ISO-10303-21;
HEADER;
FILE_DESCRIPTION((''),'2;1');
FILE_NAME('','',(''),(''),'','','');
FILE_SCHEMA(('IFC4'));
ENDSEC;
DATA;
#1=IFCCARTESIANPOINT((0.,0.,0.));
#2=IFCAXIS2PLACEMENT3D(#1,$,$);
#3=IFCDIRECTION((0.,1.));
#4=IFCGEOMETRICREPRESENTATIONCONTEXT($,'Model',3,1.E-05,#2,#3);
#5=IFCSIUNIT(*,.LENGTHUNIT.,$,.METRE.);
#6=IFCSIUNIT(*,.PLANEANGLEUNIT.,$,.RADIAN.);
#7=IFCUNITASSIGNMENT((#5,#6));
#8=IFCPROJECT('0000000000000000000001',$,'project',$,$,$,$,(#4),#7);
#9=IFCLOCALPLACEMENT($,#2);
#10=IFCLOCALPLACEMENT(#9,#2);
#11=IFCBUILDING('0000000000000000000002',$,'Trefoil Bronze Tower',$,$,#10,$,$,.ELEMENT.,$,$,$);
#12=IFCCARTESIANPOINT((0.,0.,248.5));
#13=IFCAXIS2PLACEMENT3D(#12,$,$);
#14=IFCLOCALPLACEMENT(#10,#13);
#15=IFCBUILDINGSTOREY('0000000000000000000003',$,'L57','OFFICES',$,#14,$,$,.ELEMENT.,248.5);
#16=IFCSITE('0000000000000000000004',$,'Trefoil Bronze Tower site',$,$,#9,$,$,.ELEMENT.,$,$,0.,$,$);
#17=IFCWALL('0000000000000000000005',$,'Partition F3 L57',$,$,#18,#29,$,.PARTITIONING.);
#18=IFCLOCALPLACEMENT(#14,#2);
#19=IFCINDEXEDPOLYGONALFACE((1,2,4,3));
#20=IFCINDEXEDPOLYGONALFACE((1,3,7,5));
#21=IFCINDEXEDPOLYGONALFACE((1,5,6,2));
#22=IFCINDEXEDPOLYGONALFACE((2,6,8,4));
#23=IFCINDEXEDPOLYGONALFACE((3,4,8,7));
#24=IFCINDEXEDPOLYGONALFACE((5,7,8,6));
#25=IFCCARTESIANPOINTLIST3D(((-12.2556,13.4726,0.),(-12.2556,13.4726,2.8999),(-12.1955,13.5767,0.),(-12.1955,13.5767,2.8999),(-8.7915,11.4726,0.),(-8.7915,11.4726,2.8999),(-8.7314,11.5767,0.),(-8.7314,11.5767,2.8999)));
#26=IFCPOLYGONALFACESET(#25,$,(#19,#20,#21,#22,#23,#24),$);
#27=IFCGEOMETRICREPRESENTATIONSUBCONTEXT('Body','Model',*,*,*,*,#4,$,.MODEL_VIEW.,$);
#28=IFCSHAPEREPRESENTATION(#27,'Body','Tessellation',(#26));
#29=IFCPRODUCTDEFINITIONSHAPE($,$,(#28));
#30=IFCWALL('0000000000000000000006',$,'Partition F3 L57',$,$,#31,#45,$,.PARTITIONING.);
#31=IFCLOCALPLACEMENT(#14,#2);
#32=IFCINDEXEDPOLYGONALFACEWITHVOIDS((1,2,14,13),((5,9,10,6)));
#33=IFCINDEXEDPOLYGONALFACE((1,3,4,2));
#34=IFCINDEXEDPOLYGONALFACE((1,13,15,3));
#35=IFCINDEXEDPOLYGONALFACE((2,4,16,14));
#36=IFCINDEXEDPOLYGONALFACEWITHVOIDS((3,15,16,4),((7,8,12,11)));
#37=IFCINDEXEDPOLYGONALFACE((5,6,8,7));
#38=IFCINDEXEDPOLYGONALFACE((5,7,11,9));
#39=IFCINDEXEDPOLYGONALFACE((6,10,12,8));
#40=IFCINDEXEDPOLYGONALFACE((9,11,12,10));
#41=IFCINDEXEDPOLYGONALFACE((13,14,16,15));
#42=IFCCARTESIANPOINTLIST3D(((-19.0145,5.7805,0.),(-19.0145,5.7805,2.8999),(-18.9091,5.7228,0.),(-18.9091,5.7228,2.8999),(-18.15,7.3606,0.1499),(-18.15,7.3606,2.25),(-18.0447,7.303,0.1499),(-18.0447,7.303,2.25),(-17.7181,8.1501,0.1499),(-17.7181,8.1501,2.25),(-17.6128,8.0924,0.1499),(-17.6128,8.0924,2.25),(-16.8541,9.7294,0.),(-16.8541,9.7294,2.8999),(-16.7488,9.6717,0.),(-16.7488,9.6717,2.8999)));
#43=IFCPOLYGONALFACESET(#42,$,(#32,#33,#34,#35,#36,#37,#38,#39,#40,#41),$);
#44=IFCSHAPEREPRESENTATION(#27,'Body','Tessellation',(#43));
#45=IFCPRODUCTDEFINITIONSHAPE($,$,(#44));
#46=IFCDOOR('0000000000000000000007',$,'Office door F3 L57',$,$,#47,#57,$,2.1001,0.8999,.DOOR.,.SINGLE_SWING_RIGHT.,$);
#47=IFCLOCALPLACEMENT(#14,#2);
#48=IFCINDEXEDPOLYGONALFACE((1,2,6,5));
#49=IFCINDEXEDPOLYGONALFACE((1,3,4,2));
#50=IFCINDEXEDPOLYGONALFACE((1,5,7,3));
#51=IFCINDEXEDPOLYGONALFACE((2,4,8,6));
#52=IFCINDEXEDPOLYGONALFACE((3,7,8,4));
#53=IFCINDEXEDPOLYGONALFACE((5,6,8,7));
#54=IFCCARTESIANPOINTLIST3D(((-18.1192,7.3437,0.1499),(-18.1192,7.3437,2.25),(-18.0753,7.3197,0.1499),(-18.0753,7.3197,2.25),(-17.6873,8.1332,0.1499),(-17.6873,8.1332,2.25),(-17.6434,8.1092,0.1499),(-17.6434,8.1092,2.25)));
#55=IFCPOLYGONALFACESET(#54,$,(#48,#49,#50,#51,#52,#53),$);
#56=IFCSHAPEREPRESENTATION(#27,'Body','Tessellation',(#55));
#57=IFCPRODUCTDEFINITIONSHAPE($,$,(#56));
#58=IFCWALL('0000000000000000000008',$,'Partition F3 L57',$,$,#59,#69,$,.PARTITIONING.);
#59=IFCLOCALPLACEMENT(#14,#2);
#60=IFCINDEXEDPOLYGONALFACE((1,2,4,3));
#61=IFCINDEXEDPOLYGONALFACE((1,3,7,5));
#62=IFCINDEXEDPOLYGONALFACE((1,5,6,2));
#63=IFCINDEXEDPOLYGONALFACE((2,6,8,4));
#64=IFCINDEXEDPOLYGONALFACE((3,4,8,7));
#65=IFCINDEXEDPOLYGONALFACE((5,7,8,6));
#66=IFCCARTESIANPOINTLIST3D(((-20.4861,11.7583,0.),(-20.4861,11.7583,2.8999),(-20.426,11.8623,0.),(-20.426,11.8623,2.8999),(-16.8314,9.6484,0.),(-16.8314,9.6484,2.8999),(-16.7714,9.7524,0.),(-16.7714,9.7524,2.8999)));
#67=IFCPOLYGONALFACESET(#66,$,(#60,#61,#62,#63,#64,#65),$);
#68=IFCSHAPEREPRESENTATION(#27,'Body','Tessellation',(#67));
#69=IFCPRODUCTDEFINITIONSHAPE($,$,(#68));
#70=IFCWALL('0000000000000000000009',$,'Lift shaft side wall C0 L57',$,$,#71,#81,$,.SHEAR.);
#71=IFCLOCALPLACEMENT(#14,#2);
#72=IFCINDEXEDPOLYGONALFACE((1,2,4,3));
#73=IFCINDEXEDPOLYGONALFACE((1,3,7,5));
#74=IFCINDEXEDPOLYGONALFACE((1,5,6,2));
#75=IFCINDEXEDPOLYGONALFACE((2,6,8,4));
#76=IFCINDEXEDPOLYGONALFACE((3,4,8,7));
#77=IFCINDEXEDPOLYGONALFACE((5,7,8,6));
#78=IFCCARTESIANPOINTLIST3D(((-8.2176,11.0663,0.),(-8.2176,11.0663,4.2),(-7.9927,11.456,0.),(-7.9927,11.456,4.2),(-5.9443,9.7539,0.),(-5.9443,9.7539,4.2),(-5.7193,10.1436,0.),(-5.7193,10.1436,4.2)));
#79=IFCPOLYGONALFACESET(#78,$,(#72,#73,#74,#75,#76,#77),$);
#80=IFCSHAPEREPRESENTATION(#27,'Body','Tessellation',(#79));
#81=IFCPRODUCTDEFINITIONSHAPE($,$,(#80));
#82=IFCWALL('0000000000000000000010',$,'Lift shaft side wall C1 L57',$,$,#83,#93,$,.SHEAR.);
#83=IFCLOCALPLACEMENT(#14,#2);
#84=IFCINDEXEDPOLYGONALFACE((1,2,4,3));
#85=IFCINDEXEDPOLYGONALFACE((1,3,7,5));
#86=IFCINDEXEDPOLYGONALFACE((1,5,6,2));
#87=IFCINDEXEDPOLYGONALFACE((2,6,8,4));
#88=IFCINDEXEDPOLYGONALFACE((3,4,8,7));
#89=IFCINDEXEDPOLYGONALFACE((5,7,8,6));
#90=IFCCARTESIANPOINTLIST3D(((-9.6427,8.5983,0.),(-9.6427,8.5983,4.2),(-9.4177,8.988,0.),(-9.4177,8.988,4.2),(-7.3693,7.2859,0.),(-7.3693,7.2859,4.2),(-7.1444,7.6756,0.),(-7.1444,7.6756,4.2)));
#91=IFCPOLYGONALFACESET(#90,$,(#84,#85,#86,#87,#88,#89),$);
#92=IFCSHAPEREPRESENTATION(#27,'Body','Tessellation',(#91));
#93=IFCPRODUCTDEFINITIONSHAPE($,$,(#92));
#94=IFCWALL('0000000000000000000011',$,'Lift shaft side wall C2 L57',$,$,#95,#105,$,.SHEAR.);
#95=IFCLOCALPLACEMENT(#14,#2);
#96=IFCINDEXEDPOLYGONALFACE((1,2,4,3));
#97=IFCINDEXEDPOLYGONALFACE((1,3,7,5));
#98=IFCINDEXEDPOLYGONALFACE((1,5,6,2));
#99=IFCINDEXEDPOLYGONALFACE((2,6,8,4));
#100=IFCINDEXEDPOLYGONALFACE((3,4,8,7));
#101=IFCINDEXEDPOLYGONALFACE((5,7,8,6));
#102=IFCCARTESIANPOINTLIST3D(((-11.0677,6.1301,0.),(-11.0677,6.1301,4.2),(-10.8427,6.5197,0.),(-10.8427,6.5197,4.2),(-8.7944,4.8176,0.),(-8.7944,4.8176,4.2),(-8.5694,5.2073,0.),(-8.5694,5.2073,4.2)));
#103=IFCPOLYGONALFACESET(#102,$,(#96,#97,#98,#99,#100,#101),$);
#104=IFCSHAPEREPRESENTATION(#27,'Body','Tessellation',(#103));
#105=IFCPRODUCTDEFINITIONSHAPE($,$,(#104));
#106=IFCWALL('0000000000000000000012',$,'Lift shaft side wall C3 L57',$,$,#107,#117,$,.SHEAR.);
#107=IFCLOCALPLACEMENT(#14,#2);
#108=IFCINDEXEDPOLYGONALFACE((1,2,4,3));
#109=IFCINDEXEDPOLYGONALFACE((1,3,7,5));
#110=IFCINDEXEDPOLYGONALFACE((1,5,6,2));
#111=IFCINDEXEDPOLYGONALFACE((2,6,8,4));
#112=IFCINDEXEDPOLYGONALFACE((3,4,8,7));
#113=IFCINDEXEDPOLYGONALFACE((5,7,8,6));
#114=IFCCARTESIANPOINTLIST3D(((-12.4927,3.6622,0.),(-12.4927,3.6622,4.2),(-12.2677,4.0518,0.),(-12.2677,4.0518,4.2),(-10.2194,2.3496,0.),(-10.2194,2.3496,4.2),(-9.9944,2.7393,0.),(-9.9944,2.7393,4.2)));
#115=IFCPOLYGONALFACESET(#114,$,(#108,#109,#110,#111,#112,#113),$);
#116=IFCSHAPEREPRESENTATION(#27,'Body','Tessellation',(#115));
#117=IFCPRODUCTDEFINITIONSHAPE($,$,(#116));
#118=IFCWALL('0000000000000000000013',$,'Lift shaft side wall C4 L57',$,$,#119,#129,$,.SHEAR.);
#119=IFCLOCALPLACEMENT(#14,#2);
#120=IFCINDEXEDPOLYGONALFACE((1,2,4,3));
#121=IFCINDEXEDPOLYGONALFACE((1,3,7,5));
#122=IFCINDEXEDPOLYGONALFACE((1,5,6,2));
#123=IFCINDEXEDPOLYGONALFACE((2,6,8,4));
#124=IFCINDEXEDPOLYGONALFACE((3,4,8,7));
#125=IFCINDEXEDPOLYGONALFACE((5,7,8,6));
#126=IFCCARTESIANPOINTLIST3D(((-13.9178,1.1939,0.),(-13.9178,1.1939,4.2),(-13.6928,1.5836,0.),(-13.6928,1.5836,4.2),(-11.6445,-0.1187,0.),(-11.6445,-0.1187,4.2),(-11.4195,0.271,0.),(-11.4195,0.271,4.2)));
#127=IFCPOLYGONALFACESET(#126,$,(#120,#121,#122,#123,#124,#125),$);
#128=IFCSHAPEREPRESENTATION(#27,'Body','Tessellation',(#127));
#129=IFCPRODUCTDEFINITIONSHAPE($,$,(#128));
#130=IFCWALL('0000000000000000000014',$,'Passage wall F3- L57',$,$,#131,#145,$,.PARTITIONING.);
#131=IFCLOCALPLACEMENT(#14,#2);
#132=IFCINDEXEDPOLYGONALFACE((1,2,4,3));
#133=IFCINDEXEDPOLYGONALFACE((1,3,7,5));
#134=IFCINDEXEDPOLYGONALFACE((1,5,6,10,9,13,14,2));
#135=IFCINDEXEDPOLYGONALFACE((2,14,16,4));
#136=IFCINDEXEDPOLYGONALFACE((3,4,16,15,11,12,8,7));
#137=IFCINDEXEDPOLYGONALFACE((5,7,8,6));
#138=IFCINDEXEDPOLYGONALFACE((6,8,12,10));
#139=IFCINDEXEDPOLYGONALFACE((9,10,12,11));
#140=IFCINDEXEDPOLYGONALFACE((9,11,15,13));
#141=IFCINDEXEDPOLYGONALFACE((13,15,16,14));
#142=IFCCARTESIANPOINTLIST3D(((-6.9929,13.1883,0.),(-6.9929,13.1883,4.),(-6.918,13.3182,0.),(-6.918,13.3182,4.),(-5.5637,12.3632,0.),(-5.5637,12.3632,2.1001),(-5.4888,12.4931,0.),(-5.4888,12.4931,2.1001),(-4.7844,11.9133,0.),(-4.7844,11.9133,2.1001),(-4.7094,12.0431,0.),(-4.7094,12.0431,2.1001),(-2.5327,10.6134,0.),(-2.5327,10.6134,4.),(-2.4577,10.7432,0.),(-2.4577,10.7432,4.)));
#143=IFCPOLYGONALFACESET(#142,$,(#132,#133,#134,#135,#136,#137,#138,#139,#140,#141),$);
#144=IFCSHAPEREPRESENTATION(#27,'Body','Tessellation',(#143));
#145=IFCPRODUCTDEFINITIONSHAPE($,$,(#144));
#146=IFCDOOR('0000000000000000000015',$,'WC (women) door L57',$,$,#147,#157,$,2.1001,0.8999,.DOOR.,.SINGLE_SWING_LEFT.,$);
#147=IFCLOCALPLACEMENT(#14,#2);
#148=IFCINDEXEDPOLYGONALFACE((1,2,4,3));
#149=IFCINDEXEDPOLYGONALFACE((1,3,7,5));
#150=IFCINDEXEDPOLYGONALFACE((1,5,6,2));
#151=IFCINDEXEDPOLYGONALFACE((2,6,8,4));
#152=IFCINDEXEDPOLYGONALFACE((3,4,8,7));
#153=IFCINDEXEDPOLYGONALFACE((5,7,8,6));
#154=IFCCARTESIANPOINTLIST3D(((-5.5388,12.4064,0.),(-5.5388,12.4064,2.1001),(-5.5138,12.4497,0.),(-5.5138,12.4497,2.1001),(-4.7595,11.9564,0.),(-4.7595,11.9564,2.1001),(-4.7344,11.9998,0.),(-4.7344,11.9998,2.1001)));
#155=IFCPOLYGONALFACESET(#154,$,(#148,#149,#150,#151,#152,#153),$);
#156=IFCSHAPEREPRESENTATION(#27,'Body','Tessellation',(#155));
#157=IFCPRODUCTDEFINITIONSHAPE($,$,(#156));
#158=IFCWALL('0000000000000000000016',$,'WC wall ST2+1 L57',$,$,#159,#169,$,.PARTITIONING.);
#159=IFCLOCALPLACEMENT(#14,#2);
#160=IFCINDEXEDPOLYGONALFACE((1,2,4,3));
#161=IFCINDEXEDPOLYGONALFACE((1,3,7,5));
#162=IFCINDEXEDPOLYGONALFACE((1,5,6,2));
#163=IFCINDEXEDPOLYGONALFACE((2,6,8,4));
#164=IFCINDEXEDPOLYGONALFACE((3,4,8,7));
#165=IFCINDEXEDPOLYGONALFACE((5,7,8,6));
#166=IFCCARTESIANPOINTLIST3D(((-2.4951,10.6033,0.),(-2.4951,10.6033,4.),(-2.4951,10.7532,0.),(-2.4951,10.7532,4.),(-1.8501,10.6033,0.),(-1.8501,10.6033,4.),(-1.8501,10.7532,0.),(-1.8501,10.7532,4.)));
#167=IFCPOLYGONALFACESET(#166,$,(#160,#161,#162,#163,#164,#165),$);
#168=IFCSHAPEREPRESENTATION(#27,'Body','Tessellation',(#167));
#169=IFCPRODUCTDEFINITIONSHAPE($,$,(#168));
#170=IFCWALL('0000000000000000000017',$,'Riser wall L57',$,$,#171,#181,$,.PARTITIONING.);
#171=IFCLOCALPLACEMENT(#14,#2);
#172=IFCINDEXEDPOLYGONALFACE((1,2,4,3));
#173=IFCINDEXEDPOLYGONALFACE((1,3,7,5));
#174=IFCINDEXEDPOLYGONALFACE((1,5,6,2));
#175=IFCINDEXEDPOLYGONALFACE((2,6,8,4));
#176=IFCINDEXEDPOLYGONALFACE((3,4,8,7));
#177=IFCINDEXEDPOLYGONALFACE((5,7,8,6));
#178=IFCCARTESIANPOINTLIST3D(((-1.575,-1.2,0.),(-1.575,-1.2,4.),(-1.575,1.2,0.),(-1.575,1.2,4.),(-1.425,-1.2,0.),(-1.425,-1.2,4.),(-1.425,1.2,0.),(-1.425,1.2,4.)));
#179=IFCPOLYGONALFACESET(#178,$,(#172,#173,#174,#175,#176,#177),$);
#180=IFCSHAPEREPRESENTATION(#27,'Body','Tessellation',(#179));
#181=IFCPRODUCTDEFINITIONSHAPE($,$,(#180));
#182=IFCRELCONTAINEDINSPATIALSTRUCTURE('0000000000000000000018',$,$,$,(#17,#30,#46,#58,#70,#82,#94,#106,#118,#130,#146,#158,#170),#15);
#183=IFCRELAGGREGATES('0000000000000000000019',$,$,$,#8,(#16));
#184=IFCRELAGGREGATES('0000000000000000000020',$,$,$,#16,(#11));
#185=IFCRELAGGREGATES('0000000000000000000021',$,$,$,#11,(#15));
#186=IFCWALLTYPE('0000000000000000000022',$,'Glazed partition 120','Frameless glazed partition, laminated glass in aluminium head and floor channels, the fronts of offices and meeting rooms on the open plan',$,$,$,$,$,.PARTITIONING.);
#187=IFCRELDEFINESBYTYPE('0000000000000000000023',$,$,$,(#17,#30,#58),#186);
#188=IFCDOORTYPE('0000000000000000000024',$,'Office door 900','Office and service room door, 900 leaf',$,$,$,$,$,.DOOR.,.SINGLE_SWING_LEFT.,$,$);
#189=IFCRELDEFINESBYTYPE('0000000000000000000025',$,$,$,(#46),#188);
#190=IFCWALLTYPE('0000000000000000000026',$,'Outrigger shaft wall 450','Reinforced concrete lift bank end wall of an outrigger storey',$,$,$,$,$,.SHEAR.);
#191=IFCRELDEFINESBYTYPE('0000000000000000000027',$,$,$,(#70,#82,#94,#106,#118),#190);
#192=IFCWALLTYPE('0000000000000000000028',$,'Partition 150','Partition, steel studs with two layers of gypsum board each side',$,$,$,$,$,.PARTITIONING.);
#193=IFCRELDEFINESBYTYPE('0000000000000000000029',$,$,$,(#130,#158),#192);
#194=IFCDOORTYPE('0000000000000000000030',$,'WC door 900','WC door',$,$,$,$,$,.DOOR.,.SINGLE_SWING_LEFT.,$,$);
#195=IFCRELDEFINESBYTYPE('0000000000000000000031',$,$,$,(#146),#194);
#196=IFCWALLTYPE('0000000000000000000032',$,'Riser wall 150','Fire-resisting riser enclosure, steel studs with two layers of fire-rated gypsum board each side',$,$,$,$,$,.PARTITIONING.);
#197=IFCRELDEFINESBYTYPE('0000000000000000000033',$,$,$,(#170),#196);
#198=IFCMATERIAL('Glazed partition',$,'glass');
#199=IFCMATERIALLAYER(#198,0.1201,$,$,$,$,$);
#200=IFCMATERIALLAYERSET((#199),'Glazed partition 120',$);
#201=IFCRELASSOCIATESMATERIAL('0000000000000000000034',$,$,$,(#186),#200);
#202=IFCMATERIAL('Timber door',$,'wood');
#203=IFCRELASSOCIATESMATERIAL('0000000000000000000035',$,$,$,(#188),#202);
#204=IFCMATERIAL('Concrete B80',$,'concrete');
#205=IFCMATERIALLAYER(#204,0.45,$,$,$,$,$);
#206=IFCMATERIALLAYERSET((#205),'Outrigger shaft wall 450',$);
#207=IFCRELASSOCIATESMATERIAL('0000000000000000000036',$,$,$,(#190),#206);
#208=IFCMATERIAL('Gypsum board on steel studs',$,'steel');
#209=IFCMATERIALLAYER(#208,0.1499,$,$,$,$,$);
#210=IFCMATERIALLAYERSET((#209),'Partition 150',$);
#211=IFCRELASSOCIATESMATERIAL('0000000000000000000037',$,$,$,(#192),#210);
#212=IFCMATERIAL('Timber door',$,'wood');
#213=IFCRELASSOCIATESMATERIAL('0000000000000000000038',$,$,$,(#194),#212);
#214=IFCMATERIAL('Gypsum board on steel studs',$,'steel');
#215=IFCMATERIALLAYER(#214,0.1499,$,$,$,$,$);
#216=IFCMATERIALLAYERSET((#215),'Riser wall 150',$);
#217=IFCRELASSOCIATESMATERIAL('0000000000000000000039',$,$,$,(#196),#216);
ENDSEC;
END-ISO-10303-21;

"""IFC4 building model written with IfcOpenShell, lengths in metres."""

from ifc_helpers import new_model, si_unit, direction, frame, frame_2d, origin, place, context, subcontext, project, spatial, rectangle, extrude, material, layer, layer_set, type_object, element, fill, save


model = new_model("IFC4")

# Units and contexts
model_context = context("Model", 3, precision=1e-05, world=origin(), true_north=direction((0.0, 1.0)))
body_context = subcontext(model_context, "Body", "Model", "MODEL_VIEW")
ifc_project = project(units=[si_unit("LENGTHUNIT", "METRE"), si_unit("PLANEANGLEUNIT", "RADIAN")], contexts=[model_context])

# Site, building, storey
site_placement = place(None, origin())
site = spatial("IfcSite", under=ifc_project, at=site_placement, Name="Trefoil Bronze Tower site", CompositionType="ELEMENT", RefElevation=0.0)
building_placement = place(site_placement, origin())
building = spatial("IfcBuilding", under=site, at=building_placement, Name="Trefoil Bronze Tower", CompositionType="ELEMENT")
storey_placement = place(building_placement, frame((0.0, 0.0, 248.5)))
storey = spatial("IfcBuildingStorey", under=building, at=storey_placement, Name="L57", Description="OFFICES", CompositionType="ELEMENT", Elevation=248.5)

# Shared definitions
ifc_material_1 = material(Name="Glazed partition", Category="glass")
ifc_layer_1 = layer(ifc_material_1, 0.1201)
ifc_layer_set_1 = layer_set([ifc_layer_1], Name="Glazed partition 120")
wall_type_1 = type_object("IfcWallType", Name="Glazed partition 120", Description="Frameless glazed partition, laminated glass in aluminium head and floor channels, the fronts of offices and meeting rooms on the open plan", PredefinedType="PARTITIONING", material=ifc_layer_set_1)
ifc_material_2 = material(Name="Timber door", Category="wood")
door_type_1 = type_object("IfcDoorType", Name="Office door 900", Description="Office and service room door, 900 leaf", OperationType="SINGLE_SWING_LEFT", PredefinedType="DOOR", material=ifc_material_2)

# Wall
for number, where, z_axis, x_axis, name in (
    (1, (-8.7615, 11.5247, 0.0), (0.0, 0.0, 1.0), (-0.866026, 0.499999, 0.0), "Partition F3 L57"),
):
    element("IfcWall", number, at=place(storey_placement, frame(where, z_axis=z_axis, x_axis=x_axis)), inside=storey, type_object=wall_type_1, Name=name, PredefinedType="PARTITIONING", context=body_context, shape_type="SweptSolid", body=[
        extrude(rectangle(XDim=4.0, YDim=0.1201, at=frame_2d((2.0, 0.0))), origin(), (0.0, 0.0, 1.0), 2.8999),
    ])

# Wall, opening, door
wall_1_placement = place(storey_placement, frame((-16.8015, 9.7004, 0.0), z_axis=(0.0, 0.0, 1.0), x_axis=(-0.47995, -0.877296, 0.0)))
wall_1 = element("IfcWall", 2, at=wall_1_placement, inside=storey, type_object=wall_type_1, Name="Partition F3 L57", PredefinedType="PARTITIONING", context=body_context, shape_type="SweptSolid", body=[
    extrude(rectangle(XDim=4.5012, YDim=0.1201, at=frame_2d((2.2505, 0.0))), origin(), (0.0, 0.0, 1.0), 2.8999),
])
opening_1_placement = place(wall_1_placement, frame((1.8, 0.0, 0.1499)))
opening_1 = element("IfcOpeningElement", 3, at=opening_1_placement, cuts=wall_1, PredefinedType="OPENING", context=body_context, shape_type="SweptSolid", body=[
    extrude(rectangle(XDim=0.8999, YDim=2.1001, at=frame_2d((0.45, 1.05))), frame((0.0, 0.0701, 0.0), z_axis=(0.0, -1.0, 0.0), x_axis=(1.0, 0.0, 0.0)), (0.0, 0.0, 1.0), 0.1401),
])
door_1_placement = place(opening_1_placement, frame((0.8999, 0.0, 0.0), z_axis=(0.0, 0.0, 1.0), x_axis=(-1.0, 0.0, 0.0)))
door_1 = element("IfcDoor", 4, at=door_1_placement, inside=storey, type_object=door_type_1, Name="Office door F3 L57", OperationType="SINGLE_SWING_RIGHT", OverallHeight=2.1001, OverallWidth=0.8999, PredefinedType="DOOR", context=body_context, shape_type="SweptSolid", body=[
    extrude(rectangle(XDim=0.8999, YDim=2.1001, at=frame_2d((0.45, 1.05))), frame((0.0, 0.0249, 0.0), z_axis=(0.0, -1.0, 0.0), x_axis=(1.0, 0.0, 0.0)), (0.0, 0.0, 1.0), 0.05),
])
fill(opening_1, door_1)

# Walls
wall_2_placement = place(storey_placement, frame((-16.8015, 9.7004, 0.0), z_axis=(0.0, 0.0, 1.0), x_axis=(-0.866034, 0.499985, 0.0)))
element("IfcWall", 5, at=wall_2_placement, inside=storey, type_object=wall_type_1, Name="Partition F3 L57", PredefinedType="PARTITIONING", context=body_context, shape_type="SweptSolid", body=[
    extrude(rectangle(XDim=4.22, YDim=0.1201, at=frame_2d((2.1099, 0.0))), origin(), (0.0, 0.0, 1.0), 2.8999),
])
ifc_material_3 = material(Name="Concrete B80", Category="concrete")
ifc_layer_2 = layer(ifc_material_3, 0.45)
ifc_layer_set_2 = layer_set([ifc_layer_2], Name="Outrigger shaft wall 450")
wall_type_2 = type_object("IfcWallType", Name="Outrigger shaft wall 450", Description="Reinforced concrete lift bank end wall of an outrigger storey", PredefinedType="SHEAR", material=ifc_layer_set_2)
for number, where, z_axis, x_axis, name in (
    (6, (-5.8318, 9.9487, 0.0), (0.0, 0.0, 1.0), (-0.866037, 0.49998, 0.0), "Lift shaft side wall C0 L57"),
    (7, (-7.2568, 7.4807, 0.0), (0.0, 0.0, 1.0), (-0.866037, 0.49998, 0.0), "Lift shaft side wall C1 L57"),
    (8, (-8.6819, 5.0125, 0.0), (0.0, 0.0, 1.0), (-0.866037, 0.49998, 0.0), "Lift shaft side wall C2 L57"),
    (9, (-10.1069, 2.5444, 0.0), (0.0, 0.0, 1.0), (-0.866014, 0.50002, 0.0), "Lift shaft side wall C3 L57"),
    (10, (-11.532, 0.0762, 0.0), (0.0, 0.0, 1.0), (-0.866014, 0.50002, 0.0), "Lift shaft side wall C4 L57"),
):
    element("IfcWall", number, at=place(storey_placement, frame(where, z_axis=z_axis, x_axis=x_axis)), inside=storey, type_object=wall_type_2, Name=name, PredefinedType="SHEAR", context=body_context, shape_type="SweptSolid", body=[
        extrude(rectangle(XDim=2.625, YDim=0.45, at=frame_2d((1.3125, 0.0))), origin(), (0.0, 0.0, 1.0), 4.2),
    ])

# Wall, opening, door
ifc_material_4 = material(Name="Gypsum board on steel studs", Category="steel")
ifc_layer_3 = layer(ifc_material_4, 0.1499)
ifc_layer_set_3 = layer_set([ifc_layer_3], Name="Partition 150")
wall_type_3 = type_object("IfcWallType", Name="Partition 150", Description="Partition, steel studs with two layers of gypsum board each side", PredefinedType="PARTITIONING", material=ifc_layer_set_3)
wall_3_placement = place(storey_placement, frame((-2.4951, 10.6782, 0.0), z_axis=(0.0, 0.0, 1.0), x_axis=(-0.866038, 0.499978, 0.0)))
wall_3 = element("IfcWall", 11, at=wall_3_placement, inside=storey, type_object=wall_type_3, Name="Passage wall F3- L57", PredefinedType="PARTITIONING", context=body_context, shape_type="SweptSolid", body=[
    extrude(rectangle(XDim=5.1501, YDim=0.1499, at=frame_2d((2.5752, 0.0))), origin(), (0.0, 0.0, 1.0), 4.0),
])
opening_2_placement = place(wall_3_placement, frame((2.6001, 0.0, 0.0)))
opening_2 = element("IfcOpeningElement", 12, at=opening_2_placement, cuts=wall_3, PredefinedType="OPENING", context=body_context, shape_type="SweptSolid", body=[
    extrude(rectangle(XDim=0.8999, YDim=2.1001, at=frame_2d((0.45, 1.05))), frame((0.0, 0.085, 0.0), z_axis=(0.0, -1.0, 0.0), x_axis=(1.0, 0.0, 0.0)), (0.0, 0.0, 1.0), 0.1699),
])
ifc_material_5 = material(Name="Timber door", Category="wood")
door_type_2 = type_object("IfcDoorType", Name="WC door 900", Description="WC door", OperationType="SINGLE_SWING_LEFT", PredefinedType="DOOR", material=ifc_material_5)
door_2_placement = place(opening_2_placement, frame((0.8999, 0.0, 0.0), z_axis=(0.0, 0.0, 1.0), x_axis=(-1.0, 0.0, 0.0)))
door_2 = element("IfcDoor", 13, at=door_2_placement, inside=storey, type_object=door_type_2, Name="WC (women) door L57", OperationType="SINGLE_SWING_LEFT", OverallHeight=2.1001, OverallWidth=0.8999, PredefinedType="DOOR", context=body_context, shape_type="SweptSolid", body=[
    extrude(rectangle(XDim=0.8999, YDim=2.1001, at=frame_2d((0.45, 1.05))), frame((0.0, 0.0249, 0.0), z_axis=(0.0, -1.0, 0.0), x_axis=(1.0, 0.0, 0.0)), (0.0, 0.0, 1.0), 0.05),
])
fill(opening_2, door_2)

# Walls
wall_4_placement = place(storey_placement, frame((-2.4951, 10.6782, 0.0), z_axis=(0.0, 0.0, 1.0), x_axis=(1.0, 0.0, 0.0)))
element("IfcWall", 14, at=wall_4_placement, inside=storey, type_object=wall_type_3, Name="WC wall ST2+1 L57", PredefinedType="PARTITIONING", context=body_context, shape_type="SweptSolid", body=[
    extrude(rectangle(XDim=0.645, YDim=0.1499, at=frame_2d((0.3225, 0.0))), origin(), (0.0, 0.0, 1.0), 4.0),
])
ifc_material_6 = material(Name="Gypsum board on steel studs", Category="steel")
ifc_layer_4 = layer(ifc_material_6, 0.1499)
ifc_layer_set_4 = layer_set([ifc_layer_4], Name="Riser wall 150")
wall_type_4 = type_object("IfcWallType", Name="Riser wall 150", Description="Fire-resisting riser enclosure, steel studs with two layers of fire-rated gypsum board each side", PredefinedType="PARTITIONING", material=ifc_layer_set_4)
wall_5_placement = place(storey_placement, frame((-1.5, 1.2, 0.0), z_axis=(0.0, 0.0, 1.0), x_axis=(0.0, -1.0, 0.0)))
element("IfcWall", 15, at=wall_5_placement, inside=storey, type_object=wall_type_4, Name="Riser wall L57", PredefinedType="PARTITIONING", context=body_context, shape_type="SweptSolid", body=[
    extrude(rectangle(XDim=2.3999, YDim=0.1499, at=frame_2d((1.2, 0.0))), origin(), (0.0, 0.0, 1.0), 4.0),
])

save(model, "model.ifc")
